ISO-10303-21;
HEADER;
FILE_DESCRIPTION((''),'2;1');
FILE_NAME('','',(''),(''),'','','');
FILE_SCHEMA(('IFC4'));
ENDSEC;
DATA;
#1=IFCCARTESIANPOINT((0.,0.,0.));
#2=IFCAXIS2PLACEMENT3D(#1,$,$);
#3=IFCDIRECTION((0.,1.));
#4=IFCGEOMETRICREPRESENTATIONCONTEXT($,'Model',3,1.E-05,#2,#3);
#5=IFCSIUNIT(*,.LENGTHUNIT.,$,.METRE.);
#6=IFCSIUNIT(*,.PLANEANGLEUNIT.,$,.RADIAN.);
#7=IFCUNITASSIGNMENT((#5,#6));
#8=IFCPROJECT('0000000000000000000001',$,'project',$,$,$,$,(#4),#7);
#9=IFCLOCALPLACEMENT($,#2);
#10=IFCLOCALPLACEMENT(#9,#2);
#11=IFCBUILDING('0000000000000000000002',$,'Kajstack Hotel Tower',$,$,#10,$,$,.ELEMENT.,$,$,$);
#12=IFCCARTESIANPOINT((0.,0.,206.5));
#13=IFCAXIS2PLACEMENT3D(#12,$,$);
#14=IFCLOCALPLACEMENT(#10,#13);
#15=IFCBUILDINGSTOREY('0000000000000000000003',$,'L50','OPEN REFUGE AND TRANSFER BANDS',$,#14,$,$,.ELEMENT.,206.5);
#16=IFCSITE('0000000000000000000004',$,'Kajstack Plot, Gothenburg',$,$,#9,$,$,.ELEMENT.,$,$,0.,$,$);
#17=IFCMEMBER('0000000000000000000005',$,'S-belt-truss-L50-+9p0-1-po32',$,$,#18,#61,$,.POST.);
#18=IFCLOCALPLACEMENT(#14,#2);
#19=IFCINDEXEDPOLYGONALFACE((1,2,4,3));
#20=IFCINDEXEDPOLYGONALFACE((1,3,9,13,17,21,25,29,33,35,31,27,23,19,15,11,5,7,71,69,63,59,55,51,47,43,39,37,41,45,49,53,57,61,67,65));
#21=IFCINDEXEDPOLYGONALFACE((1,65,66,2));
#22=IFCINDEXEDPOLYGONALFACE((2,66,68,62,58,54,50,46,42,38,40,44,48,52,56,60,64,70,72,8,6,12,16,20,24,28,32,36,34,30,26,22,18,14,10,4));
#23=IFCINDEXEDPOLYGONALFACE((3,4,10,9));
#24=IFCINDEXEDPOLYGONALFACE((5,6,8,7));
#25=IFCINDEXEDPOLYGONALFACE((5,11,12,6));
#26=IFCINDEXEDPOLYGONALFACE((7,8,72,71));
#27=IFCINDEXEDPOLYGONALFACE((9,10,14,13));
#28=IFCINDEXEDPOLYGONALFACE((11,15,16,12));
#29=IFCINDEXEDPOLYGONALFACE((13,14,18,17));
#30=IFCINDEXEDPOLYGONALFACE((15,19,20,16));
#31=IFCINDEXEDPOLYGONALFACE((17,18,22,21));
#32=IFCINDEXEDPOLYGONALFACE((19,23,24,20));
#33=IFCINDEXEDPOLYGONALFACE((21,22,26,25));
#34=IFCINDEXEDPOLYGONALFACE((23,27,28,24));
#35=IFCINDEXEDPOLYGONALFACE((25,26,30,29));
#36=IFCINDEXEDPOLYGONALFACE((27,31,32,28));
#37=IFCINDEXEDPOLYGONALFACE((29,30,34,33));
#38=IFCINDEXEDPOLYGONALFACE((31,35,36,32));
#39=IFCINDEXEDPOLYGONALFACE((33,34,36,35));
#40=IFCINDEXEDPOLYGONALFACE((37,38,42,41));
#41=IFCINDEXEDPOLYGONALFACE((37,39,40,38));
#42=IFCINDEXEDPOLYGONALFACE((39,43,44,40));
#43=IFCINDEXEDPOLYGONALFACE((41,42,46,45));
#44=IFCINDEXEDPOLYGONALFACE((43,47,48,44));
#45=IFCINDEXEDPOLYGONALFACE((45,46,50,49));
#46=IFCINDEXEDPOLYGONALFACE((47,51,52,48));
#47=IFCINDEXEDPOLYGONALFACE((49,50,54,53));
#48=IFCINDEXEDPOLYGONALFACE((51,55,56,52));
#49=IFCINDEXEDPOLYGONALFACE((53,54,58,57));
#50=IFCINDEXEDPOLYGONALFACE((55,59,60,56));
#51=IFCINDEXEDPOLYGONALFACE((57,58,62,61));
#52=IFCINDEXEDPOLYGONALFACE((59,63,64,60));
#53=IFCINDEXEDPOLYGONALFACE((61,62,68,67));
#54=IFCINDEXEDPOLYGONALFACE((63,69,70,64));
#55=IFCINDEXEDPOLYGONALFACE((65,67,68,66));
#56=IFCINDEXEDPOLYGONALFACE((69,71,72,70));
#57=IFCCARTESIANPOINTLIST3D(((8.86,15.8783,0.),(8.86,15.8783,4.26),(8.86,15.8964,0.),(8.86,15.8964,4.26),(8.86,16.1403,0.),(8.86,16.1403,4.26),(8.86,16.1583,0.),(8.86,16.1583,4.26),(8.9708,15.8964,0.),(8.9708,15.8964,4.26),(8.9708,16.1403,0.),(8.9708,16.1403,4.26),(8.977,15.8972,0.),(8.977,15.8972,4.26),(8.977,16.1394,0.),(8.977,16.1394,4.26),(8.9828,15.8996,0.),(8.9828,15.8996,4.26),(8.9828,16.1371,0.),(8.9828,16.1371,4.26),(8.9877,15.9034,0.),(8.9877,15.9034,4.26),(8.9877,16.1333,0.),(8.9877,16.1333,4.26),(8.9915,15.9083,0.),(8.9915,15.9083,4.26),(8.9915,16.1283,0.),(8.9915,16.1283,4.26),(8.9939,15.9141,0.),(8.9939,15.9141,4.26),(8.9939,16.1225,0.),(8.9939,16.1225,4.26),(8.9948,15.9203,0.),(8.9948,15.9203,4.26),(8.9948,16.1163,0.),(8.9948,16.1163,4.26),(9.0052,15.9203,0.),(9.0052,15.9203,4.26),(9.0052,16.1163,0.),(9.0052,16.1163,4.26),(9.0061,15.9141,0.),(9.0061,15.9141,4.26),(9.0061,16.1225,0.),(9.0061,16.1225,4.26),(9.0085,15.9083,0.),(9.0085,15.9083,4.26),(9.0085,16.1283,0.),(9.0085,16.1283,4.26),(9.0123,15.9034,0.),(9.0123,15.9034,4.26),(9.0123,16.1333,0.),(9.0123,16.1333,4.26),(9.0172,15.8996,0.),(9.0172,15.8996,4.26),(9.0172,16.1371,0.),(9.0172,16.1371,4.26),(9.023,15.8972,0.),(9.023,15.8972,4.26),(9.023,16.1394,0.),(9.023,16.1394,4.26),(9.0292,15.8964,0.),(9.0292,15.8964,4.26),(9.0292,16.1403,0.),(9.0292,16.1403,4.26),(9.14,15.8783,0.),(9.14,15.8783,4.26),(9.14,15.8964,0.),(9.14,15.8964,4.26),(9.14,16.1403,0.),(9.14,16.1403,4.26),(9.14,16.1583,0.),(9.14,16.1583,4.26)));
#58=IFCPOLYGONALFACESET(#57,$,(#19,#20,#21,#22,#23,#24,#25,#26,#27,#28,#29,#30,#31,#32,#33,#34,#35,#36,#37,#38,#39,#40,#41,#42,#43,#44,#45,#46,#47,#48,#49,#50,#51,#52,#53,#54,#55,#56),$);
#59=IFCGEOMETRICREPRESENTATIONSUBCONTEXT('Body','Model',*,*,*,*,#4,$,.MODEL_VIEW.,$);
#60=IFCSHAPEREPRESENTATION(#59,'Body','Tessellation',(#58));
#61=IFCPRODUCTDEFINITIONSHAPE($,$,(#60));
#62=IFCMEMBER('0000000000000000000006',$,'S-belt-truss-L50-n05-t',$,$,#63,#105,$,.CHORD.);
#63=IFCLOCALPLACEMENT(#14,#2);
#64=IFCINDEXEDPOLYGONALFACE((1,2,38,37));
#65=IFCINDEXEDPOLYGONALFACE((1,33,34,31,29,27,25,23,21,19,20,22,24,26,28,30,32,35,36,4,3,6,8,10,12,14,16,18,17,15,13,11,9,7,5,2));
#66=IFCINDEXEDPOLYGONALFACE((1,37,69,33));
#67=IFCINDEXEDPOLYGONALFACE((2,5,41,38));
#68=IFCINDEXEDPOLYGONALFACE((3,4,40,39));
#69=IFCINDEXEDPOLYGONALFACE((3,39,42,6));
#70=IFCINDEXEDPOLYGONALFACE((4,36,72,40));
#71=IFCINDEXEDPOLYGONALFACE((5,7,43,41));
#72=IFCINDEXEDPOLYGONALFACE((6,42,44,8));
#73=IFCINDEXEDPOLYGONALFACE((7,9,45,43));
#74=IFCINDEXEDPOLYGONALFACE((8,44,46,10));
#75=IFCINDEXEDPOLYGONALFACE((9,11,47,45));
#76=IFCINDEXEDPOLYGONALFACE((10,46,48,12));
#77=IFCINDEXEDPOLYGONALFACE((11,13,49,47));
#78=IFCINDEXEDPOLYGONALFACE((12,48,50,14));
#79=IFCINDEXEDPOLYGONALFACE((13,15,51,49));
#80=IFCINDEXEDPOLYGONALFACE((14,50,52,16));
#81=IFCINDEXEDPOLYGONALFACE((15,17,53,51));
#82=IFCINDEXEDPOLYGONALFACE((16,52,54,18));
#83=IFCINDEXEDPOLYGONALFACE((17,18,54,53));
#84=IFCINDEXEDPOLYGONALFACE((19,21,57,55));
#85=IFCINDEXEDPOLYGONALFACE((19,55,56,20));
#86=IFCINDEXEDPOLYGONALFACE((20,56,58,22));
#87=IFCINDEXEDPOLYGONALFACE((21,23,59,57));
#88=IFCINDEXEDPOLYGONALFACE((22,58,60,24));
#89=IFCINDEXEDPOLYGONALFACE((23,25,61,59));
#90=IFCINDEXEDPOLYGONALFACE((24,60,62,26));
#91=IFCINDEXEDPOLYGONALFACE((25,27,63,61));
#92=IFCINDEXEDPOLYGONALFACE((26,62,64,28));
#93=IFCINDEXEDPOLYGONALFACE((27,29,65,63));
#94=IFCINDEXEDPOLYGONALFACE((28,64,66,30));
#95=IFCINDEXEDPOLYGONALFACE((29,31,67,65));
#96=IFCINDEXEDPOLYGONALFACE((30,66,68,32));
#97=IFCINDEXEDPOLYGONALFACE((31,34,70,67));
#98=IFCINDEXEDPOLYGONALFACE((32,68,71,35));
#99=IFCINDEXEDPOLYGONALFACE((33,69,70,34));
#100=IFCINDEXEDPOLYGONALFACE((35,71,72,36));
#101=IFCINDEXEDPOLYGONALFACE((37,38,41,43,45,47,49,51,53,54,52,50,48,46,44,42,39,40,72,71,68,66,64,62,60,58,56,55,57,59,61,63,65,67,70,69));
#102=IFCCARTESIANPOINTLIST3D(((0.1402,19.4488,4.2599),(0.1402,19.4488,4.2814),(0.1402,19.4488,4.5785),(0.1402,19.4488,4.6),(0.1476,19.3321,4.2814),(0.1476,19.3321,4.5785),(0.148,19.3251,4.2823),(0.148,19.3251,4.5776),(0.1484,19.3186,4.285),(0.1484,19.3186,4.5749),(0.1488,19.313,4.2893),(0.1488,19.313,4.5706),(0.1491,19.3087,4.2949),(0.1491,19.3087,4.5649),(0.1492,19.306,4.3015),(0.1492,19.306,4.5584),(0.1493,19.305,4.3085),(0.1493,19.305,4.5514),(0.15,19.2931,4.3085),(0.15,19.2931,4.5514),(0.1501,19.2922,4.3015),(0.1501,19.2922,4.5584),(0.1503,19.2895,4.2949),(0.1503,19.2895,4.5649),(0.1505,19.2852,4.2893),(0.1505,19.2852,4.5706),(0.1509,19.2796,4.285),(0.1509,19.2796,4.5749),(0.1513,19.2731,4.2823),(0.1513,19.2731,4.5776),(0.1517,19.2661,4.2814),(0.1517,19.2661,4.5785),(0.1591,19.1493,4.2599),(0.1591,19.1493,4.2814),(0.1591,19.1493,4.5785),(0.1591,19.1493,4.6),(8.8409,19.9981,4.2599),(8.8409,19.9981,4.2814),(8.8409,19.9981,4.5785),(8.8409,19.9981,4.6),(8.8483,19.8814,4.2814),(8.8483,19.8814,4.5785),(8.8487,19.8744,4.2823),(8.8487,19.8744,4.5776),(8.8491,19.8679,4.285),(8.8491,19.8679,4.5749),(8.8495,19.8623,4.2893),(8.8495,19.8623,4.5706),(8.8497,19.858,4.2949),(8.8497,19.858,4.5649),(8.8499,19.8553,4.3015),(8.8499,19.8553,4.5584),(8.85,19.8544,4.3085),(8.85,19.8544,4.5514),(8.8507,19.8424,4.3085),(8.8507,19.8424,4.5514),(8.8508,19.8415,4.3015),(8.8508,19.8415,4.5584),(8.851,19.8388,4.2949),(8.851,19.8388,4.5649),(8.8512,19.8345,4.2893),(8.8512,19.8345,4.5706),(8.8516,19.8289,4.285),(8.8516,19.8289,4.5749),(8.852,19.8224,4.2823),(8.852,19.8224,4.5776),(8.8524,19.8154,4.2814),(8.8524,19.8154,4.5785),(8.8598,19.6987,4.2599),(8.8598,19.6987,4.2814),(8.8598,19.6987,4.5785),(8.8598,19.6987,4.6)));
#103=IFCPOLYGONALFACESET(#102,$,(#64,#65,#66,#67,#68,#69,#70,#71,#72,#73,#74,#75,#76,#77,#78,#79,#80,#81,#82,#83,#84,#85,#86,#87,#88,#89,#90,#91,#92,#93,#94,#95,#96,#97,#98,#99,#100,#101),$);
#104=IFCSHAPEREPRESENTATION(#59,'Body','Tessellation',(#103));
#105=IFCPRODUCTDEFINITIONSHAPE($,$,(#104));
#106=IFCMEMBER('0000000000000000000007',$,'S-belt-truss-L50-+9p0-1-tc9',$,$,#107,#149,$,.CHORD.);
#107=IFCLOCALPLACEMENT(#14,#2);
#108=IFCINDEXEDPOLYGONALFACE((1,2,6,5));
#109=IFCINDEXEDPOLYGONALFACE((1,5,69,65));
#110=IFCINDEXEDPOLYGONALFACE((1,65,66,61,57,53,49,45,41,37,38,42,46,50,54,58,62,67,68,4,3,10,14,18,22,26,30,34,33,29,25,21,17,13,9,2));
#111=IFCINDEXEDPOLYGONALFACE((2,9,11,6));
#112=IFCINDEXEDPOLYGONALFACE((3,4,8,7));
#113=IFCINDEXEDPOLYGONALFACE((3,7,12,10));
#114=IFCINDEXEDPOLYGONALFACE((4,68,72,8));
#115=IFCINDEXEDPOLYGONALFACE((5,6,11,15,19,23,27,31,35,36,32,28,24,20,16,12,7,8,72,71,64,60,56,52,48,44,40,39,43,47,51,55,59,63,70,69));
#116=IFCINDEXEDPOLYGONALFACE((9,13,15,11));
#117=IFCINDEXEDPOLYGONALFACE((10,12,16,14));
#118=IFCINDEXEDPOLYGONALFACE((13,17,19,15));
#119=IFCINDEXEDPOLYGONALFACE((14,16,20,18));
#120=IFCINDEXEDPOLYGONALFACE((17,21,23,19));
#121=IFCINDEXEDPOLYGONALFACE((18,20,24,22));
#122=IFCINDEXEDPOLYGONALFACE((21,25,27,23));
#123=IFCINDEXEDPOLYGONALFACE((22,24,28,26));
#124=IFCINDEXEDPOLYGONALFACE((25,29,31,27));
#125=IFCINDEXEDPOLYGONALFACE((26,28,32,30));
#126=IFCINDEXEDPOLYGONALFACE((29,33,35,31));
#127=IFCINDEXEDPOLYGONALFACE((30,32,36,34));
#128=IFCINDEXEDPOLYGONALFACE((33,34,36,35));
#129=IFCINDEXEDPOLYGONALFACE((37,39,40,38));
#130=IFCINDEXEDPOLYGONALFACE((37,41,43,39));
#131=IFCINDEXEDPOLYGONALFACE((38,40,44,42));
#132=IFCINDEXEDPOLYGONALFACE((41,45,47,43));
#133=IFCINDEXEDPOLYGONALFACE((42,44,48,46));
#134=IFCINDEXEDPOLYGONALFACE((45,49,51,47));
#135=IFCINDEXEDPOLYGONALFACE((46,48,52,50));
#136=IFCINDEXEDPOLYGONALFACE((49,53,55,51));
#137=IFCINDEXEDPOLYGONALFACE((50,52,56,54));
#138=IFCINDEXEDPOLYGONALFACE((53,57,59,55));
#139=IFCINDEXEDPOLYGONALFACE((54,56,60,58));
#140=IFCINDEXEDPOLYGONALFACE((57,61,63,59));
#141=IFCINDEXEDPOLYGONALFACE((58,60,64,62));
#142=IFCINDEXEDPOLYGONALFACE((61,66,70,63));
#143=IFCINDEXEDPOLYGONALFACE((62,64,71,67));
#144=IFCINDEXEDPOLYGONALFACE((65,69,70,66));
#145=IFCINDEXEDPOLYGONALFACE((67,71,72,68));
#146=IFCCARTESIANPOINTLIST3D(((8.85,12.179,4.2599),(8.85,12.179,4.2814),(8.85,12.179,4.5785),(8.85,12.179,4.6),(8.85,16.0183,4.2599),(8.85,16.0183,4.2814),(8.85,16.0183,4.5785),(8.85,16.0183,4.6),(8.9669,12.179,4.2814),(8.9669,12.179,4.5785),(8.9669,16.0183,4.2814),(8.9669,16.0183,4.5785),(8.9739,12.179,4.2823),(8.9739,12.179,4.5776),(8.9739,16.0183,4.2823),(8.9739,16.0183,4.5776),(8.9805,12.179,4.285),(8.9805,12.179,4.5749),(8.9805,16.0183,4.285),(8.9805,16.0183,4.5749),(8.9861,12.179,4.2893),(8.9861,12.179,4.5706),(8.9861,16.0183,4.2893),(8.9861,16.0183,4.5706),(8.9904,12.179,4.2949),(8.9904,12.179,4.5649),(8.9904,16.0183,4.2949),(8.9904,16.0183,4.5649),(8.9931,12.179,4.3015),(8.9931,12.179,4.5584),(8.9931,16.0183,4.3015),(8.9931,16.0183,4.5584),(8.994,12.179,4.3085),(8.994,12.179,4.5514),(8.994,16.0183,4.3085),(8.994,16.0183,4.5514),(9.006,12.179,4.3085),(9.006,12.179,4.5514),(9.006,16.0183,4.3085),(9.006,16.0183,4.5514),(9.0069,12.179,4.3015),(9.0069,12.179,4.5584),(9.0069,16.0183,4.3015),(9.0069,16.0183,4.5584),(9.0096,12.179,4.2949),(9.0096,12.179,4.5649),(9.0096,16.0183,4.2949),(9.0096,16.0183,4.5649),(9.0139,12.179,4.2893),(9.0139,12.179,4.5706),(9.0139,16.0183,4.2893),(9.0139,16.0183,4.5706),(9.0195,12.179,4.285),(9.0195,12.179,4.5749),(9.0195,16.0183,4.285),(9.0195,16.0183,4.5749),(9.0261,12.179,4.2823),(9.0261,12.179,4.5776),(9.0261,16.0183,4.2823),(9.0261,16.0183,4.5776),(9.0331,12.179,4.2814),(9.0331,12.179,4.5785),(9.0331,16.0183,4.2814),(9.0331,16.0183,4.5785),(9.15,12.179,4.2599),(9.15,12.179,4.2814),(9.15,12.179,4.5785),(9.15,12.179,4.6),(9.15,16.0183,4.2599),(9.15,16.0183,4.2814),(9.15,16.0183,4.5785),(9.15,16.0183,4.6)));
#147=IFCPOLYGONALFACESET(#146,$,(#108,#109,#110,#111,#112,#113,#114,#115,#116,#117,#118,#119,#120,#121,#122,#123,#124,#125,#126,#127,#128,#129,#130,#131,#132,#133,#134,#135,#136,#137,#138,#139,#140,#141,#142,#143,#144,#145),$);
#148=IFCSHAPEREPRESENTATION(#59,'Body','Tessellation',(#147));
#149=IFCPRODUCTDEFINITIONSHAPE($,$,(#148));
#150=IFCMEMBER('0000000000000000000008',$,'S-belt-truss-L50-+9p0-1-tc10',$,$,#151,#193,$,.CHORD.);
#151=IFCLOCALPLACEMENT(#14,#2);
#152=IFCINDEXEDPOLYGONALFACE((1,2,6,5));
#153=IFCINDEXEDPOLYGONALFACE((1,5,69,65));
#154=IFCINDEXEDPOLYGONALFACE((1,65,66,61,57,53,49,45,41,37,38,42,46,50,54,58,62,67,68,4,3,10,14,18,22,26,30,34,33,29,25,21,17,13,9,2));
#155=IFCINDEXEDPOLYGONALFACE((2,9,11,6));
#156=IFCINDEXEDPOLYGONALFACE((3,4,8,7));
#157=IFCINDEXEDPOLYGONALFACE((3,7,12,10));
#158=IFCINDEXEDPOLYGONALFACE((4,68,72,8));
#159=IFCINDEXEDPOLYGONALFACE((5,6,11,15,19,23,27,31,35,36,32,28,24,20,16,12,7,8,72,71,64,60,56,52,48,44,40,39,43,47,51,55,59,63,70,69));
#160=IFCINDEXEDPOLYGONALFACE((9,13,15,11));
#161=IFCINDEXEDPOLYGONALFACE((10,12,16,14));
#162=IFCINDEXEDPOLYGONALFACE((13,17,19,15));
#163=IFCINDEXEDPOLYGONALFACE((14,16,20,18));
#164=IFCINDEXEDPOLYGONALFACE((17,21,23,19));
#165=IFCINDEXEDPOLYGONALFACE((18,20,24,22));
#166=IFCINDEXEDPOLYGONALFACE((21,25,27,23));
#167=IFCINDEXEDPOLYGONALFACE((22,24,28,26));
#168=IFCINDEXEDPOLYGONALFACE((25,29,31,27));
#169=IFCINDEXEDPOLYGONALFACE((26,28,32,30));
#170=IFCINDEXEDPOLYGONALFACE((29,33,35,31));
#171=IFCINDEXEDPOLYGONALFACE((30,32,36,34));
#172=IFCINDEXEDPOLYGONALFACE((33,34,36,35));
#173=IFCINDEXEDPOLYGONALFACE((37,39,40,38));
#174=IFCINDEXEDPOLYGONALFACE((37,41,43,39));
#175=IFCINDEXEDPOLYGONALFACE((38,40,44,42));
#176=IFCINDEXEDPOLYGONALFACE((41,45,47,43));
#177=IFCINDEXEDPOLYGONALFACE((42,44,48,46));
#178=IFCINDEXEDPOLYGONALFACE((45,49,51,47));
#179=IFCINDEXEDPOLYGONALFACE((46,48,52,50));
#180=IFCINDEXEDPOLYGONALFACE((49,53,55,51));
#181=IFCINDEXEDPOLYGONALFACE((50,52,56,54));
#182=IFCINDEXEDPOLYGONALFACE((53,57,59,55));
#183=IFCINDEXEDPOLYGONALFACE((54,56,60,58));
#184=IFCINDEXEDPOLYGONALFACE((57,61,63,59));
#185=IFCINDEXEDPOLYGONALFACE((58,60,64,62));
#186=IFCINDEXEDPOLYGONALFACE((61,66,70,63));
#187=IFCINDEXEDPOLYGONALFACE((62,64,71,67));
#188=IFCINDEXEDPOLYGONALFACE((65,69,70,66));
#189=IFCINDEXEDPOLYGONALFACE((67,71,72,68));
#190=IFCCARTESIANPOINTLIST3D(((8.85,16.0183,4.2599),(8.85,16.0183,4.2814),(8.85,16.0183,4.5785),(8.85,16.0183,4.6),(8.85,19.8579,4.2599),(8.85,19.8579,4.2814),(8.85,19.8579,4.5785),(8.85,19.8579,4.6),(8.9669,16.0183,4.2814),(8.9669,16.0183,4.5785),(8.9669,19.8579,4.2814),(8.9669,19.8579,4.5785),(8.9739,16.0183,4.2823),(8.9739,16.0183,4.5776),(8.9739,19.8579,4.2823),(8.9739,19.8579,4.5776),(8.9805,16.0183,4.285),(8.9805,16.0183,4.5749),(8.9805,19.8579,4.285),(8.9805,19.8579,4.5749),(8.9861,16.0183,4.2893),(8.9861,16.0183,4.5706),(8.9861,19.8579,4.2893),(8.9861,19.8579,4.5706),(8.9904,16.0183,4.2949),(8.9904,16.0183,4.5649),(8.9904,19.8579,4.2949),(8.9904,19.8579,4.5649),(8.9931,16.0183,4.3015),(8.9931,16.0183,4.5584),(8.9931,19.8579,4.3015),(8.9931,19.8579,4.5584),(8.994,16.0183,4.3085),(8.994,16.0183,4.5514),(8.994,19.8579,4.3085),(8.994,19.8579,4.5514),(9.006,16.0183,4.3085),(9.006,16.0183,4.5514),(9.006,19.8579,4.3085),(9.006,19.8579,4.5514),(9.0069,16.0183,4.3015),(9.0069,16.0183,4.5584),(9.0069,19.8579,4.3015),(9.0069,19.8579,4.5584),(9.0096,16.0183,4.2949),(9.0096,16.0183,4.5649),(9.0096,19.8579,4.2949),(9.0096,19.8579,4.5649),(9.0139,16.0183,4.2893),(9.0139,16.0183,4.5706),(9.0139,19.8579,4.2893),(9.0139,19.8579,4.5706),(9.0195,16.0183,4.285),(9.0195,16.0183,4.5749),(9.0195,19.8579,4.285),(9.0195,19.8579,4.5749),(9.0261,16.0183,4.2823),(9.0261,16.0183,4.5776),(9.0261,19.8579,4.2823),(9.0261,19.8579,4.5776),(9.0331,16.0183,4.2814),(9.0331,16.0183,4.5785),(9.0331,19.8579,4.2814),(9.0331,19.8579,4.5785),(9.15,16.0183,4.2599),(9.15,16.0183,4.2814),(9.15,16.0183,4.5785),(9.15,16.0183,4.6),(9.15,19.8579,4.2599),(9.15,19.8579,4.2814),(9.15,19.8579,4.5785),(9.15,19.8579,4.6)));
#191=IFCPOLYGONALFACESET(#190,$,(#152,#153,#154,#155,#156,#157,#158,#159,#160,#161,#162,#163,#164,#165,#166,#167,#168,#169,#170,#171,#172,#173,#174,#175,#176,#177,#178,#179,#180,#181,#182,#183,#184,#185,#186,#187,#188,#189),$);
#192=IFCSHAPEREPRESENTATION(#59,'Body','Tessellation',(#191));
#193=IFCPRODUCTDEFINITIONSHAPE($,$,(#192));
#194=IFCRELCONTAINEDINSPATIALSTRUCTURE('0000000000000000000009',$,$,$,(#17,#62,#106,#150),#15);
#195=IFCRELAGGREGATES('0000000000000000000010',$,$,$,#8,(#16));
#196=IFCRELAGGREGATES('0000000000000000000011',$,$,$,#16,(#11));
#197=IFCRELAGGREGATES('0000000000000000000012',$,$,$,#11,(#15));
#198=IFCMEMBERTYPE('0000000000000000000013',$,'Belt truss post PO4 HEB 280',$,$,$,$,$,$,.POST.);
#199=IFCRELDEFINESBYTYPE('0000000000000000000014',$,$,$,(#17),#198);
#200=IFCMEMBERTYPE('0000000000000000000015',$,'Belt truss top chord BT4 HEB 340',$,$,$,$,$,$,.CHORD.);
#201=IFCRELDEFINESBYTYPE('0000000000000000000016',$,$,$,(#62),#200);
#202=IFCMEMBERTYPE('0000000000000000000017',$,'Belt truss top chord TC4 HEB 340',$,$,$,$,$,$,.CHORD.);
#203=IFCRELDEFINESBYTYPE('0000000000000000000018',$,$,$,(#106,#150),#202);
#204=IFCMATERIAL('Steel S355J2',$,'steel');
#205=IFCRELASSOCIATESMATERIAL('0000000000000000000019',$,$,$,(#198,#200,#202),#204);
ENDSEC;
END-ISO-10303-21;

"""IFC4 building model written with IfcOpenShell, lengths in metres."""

from ifc_helpers import new_model, si_unit, direction, frame, origin, origin_2d, place, context, subcontext, project, spatial, i_section, extrude, material, material_profile, profile_set, type_object, element, save


model = new_model("IFC4")

# Units and contexts
model_context = context("Model", 3, precision=1e-05, world=origin(), true_north=direction((0.0, 1.0)))
body_context = subcontext(model_context, "Body", "Model", "MODEL_VIEW")
ifc_project = project(units=[si_unit("LENGTHUNIT", "METRE"), si_unit("PLANEANGLEUNIT", "RADIAN")], contexts=[model_context])

# Site, building, storey
site_placement = place(None, origin())
site = spatial("IfcSite", under=ifc_project, at=site_placement, Name="Kajstack Plot, Gothenburg", CompositionType="ELEMENT", RefElevation=0.0)
building_placement = place(site_placement, origin())
building = spatial("IfcBuilding", under=site, at=building_placement, Name="Kajstack Hotel Tower", CompositionType="ELEMENT")
storey_placement = place(building_placement, frame((0.0, 0.0, 206.5)))
storey = spatial("IfcBuildingStorey", under=building, at=storey_placement, Name="L50", Description="OPEN REFUGE AND TRANSFER BANDS", CompositionType="ELEMENT", Elevation=206.5)

# Members
ifc_material = material(Name="Steel S355J2", Category="steel")
ifc_material_profile_1 = material_profile(ifc_material, i_section(OverallWidth=0.28, OverallDepth=0.28, WebThickness=0.0105, FlangeThickness=0.0181, FilletRadius=0.0239, at=origin_2d()), Name="HEB 280")
ifc_profile_set_1 = profile_set([ifc_material_profile_1], Name="Steel S355J2")
member_type_1 = type_object("IfcMemberType", Name="Belt truss post PO4 HEB 280", PredefinedType="POST", material=ifc_profile_set_1)
for number, where, z_axis, x_axis, name in (
    (1, (9.0, 16.0183, 0.0), (0.0, 0.0, 1.0), (1.0, 0.0, 0.0), "S-belt-truss-L50-+9p0-1-po32"),
):
    element("IfcMember", number, at=place(storey_placement, frame(where, z_axis=z_axis, x_axis=x_axis)), inside=storey, type_object=member_type_1, Name=name, PredefinedType="POST", context=body_context, shape_type="SweptSolid", body=[
        extrude(i_section(OverallWidth=0.28, OverallDepth=0.28, WebThickness=0.0105, FlangeThickness=0.0181, FilletRadius=0.0239, at=origin_2d()), origin(), (0.0, 0.0, 1.0), 4.26),
    ])
ifc_material_profile_2 = material_profile(ifc_material, i_section(OverallWidth=0.3, OverallDepth=0.3401, WebThickness=0.012, FlangeThickness=0.0215, FilletRadius=0.0271, at=origin_2d()), Name="HEB 340")
ifc_profile_set_2 = profile_set([ifc_material_profile_2], Name="Steel S355J2")
member_type_2 = type_object("IfcMemberType", Name="Belt truss top chord BT4 HEB 340", PredefinedType="CHORD", material=ifc_profile_set_2)
member_1_placement = place(storey_placement, frame((0.1497, 19.2991, 4.4299), z_axis=(0.998013, 0.063009, 0.0), x_axis=(-0.063009, 0.998013, 0.0)))
element("IfcMember", 2, at=member_1_placement, inside=storey, type_object=member_type_2, Name="S-belt-truss-L50-n05-t", PredefinedType="CHORD", context=body_context, shape_type="SweptSolid", body=[
    extrude(i_section(OverallWidth=0.3, OverallDepth=0.3401, WebThickness=0.012, FlangeThickness=0.0215, FilletRadius=0.0271, at=origin_2d()), origin(), (0.0, 0.0, 1.0), 8.718),
])
ifc_material_profile_3 = material_profile(ifc_material, i_section(OverallWidth=0.3, OverallDepth=0.3401, WebThickness=0.012, FlangeThickness=0.0215, FilletRadius=0.0271, at=origin_2d()), Name="HEB 340")
ifc_profile_set_3 = profile_set([ifc_material_profile_3], Name="Steel S355J2")
member_type_3 = type_object("IfcMemberType", Name="Belt truss top chord TC4 HEB 340", PredefinedType="CHORD", material=ifc_profile_set_3)
member_2_placement = place(storey_placement, frame((9.0, 12.179, 4.4299), z_axis=(0.0, 1.0, 0.0), x_axis=(-1.0, 0.0, 0.0)))
element("IfcMember", 3, at=member_2_placement, inside=storey, type_object=member_type_3, Name="S-belt-truss-L50-+9p0-1-tc9", PredefinedType="CHORD", context=body_context, shape_type="SweptSolid", body=[
    extrude(i_section(OverallWidth=0.3, OverallDepth=0.3401, WebThickness=0.012, FlangeThickness=0.0215, FilletRadius=0.0271, at=origin_2d()), origin(), (0.0, 0.0, 1.0), 3.8394),
])
member_3_placement = place(storey_placement, frame((9.0, 16.0183, 4.4299), z_axis=(0.0, 1.0, 0.0), x_axis=(-1.0, 0.0, 0.0)))
element("IfcMember", 4, at=member_3_placement, inside=storey, type_object=member_type_3, Name="S-belt-truss-L50-+9p0-1-tc10", PredefinedType="CHORD", context=body_context, shape_type="SweptSolid", body=[
    extrude(i_section(OverallWidth=0.3, OverallDepth=0.3401, WebThickness=0.012, FlangeThickness=0.0215, FilletRadius=0.0271, at=origin_2d()), origin(), (0.0, 0.0, 1.0), 3.8396),
])

save(model, "model.ifc")
